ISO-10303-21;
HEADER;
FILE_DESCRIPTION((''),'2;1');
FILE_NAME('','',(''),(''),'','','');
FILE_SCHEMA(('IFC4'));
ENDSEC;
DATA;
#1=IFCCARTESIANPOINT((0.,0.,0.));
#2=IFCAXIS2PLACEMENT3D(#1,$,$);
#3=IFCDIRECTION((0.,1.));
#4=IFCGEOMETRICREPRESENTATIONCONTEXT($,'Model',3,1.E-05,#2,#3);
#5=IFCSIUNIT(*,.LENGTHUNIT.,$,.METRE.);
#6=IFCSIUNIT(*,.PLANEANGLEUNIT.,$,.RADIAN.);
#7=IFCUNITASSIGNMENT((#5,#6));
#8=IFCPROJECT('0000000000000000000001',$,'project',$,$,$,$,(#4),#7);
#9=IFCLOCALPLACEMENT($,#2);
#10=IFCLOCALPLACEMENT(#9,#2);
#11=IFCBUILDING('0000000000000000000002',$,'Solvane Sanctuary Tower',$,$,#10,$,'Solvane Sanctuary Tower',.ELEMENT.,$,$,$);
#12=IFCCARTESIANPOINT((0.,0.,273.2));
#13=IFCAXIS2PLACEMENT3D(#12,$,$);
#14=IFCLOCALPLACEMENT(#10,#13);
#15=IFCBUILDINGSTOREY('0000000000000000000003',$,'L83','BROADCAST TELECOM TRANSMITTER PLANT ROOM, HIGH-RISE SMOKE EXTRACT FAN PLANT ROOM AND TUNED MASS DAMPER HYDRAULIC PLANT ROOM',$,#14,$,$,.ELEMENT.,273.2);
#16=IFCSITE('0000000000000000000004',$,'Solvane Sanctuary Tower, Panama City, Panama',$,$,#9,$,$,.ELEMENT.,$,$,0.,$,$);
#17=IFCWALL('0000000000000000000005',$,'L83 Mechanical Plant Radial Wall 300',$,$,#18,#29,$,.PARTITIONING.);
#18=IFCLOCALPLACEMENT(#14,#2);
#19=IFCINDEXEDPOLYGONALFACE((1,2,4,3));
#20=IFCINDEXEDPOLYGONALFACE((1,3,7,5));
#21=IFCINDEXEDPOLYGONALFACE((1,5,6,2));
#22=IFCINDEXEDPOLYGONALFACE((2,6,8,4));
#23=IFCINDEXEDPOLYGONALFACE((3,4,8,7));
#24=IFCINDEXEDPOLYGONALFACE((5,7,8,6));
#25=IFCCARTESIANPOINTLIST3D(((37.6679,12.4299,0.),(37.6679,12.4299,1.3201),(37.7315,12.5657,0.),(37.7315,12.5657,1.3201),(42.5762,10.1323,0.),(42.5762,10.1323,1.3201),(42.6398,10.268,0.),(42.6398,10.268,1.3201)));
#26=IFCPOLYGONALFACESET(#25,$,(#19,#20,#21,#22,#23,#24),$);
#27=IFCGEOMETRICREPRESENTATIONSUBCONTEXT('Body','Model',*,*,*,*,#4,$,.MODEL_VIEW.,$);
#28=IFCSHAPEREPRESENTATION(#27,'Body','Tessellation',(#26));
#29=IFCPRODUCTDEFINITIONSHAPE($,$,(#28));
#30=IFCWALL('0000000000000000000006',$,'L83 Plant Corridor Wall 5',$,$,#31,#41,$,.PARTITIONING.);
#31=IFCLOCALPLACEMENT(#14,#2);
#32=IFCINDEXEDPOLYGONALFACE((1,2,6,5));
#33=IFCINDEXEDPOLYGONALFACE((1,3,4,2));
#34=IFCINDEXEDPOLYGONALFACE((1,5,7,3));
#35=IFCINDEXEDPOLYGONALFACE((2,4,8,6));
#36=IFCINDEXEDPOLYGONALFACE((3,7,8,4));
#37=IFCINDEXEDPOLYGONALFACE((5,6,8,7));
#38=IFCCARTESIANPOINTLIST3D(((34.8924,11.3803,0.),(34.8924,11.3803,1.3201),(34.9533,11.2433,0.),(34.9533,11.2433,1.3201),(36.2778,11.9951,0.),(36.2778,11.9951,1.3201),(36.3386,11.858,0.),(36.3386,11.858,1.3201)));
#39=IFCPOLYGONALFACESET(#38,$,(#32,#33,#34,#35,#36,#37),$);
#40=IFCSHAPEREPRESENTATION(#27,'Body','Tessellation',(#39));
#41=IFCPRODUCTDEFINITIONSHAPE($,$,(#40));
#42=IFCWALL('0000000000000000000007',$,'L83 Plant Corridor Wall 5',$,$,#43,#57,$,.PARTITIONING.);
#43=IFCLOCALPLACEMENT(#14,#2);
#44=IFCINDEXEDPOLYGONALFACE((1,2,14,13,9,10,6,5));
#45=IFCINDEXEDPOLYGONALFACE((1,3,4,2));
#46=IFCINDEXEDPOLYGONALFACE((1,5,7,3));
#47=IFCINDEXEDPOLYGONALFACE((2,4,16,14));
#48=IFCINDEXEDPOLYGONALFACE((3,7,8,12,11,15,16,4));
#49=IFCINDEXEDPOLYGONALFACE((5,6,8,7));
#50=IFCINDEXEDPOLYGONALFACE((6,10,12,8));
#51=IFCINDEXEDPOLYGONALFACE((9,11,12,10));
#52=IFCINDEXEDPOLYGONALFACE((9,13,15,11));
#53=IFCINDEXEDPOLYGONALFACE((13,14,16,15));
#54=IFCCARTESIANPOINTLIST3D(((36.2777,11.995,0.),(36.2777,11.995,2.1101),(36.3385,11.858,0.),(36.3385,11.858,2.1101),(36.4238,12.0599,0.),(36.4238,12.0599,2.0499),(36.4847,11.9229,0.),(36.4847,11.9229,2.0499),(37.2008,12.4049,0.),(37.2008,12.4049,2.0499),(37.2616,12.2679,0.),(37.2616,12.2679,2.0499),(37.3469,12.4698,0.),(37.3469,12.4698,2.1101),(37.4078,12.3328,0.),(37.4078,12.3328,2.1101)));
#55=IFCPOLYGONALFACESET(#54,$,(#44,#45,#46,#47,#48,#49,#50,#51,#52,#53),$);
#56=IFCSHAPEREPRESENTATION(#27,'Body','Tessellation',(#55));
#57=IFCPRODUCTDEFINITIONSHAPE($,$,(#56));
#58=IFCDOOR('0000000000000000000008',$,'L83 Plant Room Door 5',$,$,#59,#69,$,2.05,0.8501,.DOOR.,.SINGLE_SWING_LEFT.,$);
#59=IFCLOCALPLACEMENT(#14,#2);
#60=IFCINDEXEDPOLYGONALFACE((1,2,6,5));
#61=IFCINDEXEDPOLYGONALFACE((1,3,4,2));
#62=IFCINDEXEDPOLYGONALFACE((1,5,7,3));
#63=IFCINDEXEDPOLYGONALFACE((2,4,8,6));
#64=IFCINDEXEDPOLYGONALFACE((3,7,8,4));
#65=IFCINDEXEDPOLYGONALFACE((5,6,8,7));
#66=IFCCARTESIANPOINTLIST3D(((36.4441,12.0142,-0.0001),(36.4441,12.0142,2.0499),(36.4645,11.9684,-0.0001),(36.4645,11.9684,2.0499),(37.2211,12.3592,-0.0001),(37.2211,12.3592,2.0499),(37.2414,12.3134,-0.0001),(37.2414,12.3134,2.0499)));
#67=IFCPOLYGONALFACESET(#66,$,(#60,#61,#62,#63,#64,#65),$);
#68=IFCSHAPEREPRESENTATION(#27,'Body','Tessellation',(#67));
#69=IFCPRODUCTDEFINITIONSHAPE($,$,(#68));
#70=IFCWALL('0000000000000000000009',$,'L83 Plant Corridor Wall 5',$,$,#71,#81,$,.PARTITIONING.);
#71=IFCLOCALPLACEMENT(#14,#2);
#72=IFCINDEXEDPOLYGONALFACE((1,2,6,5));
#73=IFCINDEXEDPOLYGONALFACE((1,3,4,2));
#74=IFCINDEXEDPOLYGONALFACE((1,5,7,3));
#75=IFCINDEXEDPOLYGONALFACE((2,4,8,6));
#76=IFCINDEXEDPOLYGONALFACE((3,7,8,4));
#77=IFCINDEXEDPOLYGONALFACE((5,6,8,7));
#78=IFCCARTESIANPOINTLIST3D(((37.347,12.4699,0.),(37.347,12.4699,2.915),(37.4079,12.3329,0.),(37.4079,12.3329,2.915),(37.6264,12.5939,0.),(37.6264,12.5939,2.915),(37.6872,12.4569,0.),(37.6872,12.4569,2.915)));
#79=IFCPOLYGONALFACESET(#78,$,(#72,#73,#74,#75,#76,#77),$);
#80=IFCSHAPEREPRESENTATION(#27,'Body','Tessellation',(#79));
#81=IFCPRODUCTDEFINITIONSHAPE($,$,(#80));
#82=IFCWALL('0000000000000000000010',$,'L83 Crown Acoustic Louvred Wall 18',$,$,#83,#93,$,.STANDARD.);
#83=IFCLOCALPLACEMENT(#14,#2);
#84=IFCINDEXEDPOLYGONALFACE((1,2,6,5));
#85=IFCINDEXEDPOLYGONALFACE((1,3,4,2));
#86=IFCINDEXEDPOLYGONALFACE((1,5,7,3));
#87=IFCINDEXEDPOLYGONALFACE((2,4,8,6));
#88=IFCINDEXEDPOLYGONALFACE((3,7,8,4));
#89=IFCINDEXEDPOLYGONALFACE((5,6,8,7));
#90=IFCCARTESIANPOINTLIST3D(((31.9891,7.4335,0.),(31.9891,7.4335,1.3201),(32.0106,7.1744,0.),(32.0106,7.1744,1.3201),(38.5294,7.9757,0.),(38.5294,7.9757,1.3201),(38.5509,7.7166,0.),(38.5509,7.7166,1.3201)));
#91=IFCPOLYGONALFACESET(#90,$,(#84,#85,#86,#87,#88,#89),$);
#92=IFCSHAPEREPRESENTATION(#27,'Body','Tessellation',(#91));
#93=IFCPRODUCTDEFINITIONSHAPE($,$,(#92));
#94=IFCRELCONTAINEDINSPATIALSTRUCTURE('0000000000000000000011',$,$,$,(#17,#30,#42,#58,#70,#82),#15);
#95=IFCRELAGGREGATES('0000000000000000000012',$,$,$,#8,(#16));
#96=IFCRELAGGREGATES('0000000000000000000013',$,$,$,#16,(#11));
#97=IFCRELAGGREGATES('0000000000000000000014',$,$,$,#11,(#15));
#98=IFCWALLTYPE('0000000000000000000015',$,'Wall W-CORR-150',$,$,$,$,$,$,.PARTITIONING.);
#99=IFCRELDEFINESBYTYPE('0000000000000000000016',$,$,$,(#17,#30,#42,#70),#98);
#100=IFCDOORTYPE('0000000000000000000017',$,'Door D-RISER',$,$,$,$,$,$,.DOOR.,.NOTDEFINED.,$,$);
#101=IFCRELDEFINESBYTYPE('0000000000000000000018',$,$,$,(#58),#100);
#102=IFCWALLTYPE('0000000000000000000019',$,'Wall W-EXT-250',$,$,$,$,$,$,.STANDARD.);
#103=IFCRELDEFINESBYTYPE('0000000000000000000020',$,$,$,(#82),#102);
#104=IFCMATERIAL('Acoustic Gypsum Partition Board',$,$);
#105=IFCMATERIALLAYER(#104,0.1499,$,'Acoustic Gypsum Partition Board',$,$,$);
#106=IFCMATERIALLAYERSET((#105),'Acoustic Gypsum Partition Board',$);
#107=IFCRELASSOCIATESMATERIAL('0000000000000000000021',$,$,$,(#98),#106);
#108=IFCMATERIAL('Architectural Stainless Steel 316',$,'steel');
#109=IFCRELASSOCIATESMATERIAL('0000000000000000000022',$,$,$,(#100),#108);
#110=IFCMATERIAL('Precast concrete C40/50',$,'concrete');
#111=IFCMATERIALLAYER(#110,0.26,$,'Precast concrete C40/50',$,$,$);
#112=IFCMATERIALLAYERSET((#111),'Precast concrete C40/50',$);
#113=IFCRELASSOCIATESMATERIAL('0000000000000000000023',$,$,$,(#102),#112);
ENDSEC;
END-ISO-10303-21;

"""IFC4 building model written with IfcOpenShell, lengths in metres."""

from ifc_helpers import new_model, si_unit, direction, frame, frame_2d, origin, place, context, subcontext, project, spatial, rectangle, extrude, material, layer, layer_set, type_object, element, fill, save


model = new_model("IFC4")

# Units and contexts
model_context = context("Model", 3, precision=1e-05, world=origin(), true_north=direction((0.0, 1.0)))
body_context = subcontext(model_context, "Body", "Model", "MODEL_VIEW")
ifc_project = project(units=[si_unit("LENGTHUNIT", "METRE"), si_unit("PLANEANGLEUNIT", "RADIAN")], contexts=[model_context])

# Site, building, storey
site_placement = place(None, origin())
site = spatial("IfcSite", under=ifc_project, at=site_placement, Name="Solvane Sanctuary Tower, Panama City, Panama", CompositionType="ELEMENT", RefElevation=0.0)
building_placement = place(site_placement, origin())
building = spatial("IfcBuilding", under=site, at=building_placement, Name="Solvane Sanctuary Tower", LongName="Solvane Sanctuary Tower", CompositionType="ELEMENT")
storey_placement = place(building_placement, frame((0.0, 0.0, 273.2)))
storey = spatial("IfcBuildingStorey", under=building, at=storey_placement, Name="L83", Description="BROADCAST TELECOM TRANSMITTER PLANT ROOM, HIGH-RISE SMOKE EXTRACT FAN PLANT ROOM AND TUNED MASS DAMPER HYDRAULIC PLANT ROOM", CompositionType="ELEMENT", Elevation=273.2)

# Walls
ifc_material_1 = material(Name="Acoustic Gypsum Partition Board")
ifc_layer_1 = layer(ifc_material_1, 0.1499, Name="Acoustic Gypsum Partition Board")
ifc_layer_set_1 = layer_set([ifc_layer_1], Name="Acoustic Gypsum Partition Board")
wall_type_1 = type_object("IfcWallType", Name="Wall W-CORR-150", PredefinedType="PARTITIONING", material=ifc_layer_set_1)
wall_1_placement = place(storey_placement, frame((37.6997, 12.4978, 0.0), z_axis=(0.0, 0.0, 1.0), x_axis=(0.90568, -0.423963, 0.0)))
element("IfcWall", 1, at=wall_1_placement, inside=storey, type_object=wall_type_1, Name="L83 Mechanical Plant Radial Wall 300", PredefinedType="PARTITIONING", context=body_context, shape_type="SweptSolid", body=[
    extrude(rectangle(XDim=5.4194, YDim=0.1499, at=frame_2d((2.7097, 0.0))), origin(), (0.0, 0.0, 1.0), 1.3201),
])
wall_2_placement = place(storey_placement, frame((34.9229, 11.3118, 0.0), z_axis=(0.0, 0.0, 1.0), x_axis=(0.914037, 0.40563, 0.0)))
element("IfcWall", 2, at=wall_2_placement, inside=storey, type_object=wall_type_1, Name="L83 Plant Corridor Wall 5", PredefinedType="PARTITIONING", context=body_context, shape_type="SweptSolid", body=[
    extrude(rectangle(XDim=1.5156, YDim=0.1499, at=frame_2d((0.7578, 0.0))), origin(), (0.0, 0.0, 1.0), 1.3201),
])

# Wall, opening, door
wall_3_placement = place(storey_placement, frame((36.3081, 11.9265, 0.0), z_axis=(0.0, 0.0, 1.0), x_axis=(0.913941, 0.405848, 0.0)))
wall_3 = element("IfcWall", 3, at=wall_3_placement, inside=storey, type_object=wall_type_1, Name="L83 Plant Corridor Wall 5", PredefinedType="PARTITIONING", context=body_context, shape_type="SweptSolid", body=[
    extrude(rectangle(XDim=1.1699, YDim=0.1499, at=frame_2d((0.585, 0.0))), origin(), (0.0, 0.0, 1.0), 2.1101),
])
opening_placement = place(wall_3_placement, frame((0.1599, 0.0, 0.0)))
opening = element("IfcOpeningElement", 4, at=opening_placement, cuts=wall_3, PredefinedType="OPENING", context=body_context, shape_type="SweptSolid", body=[
    extrude(rectangle(XDim=0.8501, YDim=2.05, at=frame_2d((0.425, 1.0249))), frame((0.0, 0.085, 0.0), z_axis=(0.0, -1.0, 0.0), x_axis=(1.0, 0.0, 0.0)), (0.0, 0.0, 1.0), 0.1699),
])
ifc_material_2 = material(Name="Architectural Stainless Steel 316", Category="steel")
door_type = type_object("IfcDoorType", Name="Door D-RISER", OperationType="NOTDEFINED", PredefinedType="DOOR", material=ifc_material_2)
door_placement = place(opening_placement, origin())
door = element("IfcDoor", 5, at=door_placement, inside=storey, type_object=door_type, Name="L83 Plant Room Door 5", OperationType="SINGLE_SWING_LEFT", OverallHeight=2.05, OverallWidth=0.8501, PredefinedType="DOOR", context=body_context, shape_type="SweptSolid", body=[
    extrude(rectangle(XDim=0.8501, YDim=2.05, at=frame_2d((0.425, 1.0249))), frame((0.0, 0.0249, 0.0), z_axis=(0.0, -1.0, 0.0), x_axis=(1.0, 0.0, 0.0)), (0.0, 0.0, 1.0), 0.05),
])
fill(opening, door)

# Walls
wall_4_placement = place(storey_placement, frame((37.3774, 12.4014, 0.0), z_axis=(0.0, 0.0, 1.0), x_axis=(0.913943, 0.405842, 0.0)))
element("IfcWall", 6, at=wall_4_placement, inside=storey, type_object=wall_type_1, Name="L83 Plant Corridor Wall 5", PredefinedType="PARTITIONING", context=body_context, shape_type="SweptSolid", body=[
    extrude(rectangle(XDim=0.3057, YDim=0.1499, at=frame_2d((0.1528, 0.0))), origin(), (0.0, 0.0, 1.0), 2.915),
])
ifc_material_3 = material(Name="Precast concrete C40/50", Category="concrete")
ifc_layer_2 = layer(ifc_material_3, 0.26, Name="Precast concrete C40/50")
ifc_layer_set_2 = layer_set([ifc_layer_2], Name="Precast concrete C40/50")
wall_type_2 = type_object("IfcWallType", Name="Wall W-EXT-250", PredefinedType="STANDARD", material=ifc_layer_set_2)
wall_5_placement = place(storey_placement, frame((32.0, 7.304, 0.0), z_axis=(0.0, 0.0, 1.0), x_axis=(0.996581, 0.082624, 0.0)))
element("IfcWall", 7, at=wall_5_placement, inside=storey, type_object=wall_type_2, Name="L83 Crown Acoustic Louvred Wall 18", PredefinedType="STANDARD", context=body_context, shape_type="SweptSolid", body=[
    extrude(rectangle(XDim=6.5627, YDim=0.26, at=frame_2d((3.2812, 0.0))), origin(), (0.0, 0.0, 1.0), 1.3201),
])

save(model, "model.ifc")
